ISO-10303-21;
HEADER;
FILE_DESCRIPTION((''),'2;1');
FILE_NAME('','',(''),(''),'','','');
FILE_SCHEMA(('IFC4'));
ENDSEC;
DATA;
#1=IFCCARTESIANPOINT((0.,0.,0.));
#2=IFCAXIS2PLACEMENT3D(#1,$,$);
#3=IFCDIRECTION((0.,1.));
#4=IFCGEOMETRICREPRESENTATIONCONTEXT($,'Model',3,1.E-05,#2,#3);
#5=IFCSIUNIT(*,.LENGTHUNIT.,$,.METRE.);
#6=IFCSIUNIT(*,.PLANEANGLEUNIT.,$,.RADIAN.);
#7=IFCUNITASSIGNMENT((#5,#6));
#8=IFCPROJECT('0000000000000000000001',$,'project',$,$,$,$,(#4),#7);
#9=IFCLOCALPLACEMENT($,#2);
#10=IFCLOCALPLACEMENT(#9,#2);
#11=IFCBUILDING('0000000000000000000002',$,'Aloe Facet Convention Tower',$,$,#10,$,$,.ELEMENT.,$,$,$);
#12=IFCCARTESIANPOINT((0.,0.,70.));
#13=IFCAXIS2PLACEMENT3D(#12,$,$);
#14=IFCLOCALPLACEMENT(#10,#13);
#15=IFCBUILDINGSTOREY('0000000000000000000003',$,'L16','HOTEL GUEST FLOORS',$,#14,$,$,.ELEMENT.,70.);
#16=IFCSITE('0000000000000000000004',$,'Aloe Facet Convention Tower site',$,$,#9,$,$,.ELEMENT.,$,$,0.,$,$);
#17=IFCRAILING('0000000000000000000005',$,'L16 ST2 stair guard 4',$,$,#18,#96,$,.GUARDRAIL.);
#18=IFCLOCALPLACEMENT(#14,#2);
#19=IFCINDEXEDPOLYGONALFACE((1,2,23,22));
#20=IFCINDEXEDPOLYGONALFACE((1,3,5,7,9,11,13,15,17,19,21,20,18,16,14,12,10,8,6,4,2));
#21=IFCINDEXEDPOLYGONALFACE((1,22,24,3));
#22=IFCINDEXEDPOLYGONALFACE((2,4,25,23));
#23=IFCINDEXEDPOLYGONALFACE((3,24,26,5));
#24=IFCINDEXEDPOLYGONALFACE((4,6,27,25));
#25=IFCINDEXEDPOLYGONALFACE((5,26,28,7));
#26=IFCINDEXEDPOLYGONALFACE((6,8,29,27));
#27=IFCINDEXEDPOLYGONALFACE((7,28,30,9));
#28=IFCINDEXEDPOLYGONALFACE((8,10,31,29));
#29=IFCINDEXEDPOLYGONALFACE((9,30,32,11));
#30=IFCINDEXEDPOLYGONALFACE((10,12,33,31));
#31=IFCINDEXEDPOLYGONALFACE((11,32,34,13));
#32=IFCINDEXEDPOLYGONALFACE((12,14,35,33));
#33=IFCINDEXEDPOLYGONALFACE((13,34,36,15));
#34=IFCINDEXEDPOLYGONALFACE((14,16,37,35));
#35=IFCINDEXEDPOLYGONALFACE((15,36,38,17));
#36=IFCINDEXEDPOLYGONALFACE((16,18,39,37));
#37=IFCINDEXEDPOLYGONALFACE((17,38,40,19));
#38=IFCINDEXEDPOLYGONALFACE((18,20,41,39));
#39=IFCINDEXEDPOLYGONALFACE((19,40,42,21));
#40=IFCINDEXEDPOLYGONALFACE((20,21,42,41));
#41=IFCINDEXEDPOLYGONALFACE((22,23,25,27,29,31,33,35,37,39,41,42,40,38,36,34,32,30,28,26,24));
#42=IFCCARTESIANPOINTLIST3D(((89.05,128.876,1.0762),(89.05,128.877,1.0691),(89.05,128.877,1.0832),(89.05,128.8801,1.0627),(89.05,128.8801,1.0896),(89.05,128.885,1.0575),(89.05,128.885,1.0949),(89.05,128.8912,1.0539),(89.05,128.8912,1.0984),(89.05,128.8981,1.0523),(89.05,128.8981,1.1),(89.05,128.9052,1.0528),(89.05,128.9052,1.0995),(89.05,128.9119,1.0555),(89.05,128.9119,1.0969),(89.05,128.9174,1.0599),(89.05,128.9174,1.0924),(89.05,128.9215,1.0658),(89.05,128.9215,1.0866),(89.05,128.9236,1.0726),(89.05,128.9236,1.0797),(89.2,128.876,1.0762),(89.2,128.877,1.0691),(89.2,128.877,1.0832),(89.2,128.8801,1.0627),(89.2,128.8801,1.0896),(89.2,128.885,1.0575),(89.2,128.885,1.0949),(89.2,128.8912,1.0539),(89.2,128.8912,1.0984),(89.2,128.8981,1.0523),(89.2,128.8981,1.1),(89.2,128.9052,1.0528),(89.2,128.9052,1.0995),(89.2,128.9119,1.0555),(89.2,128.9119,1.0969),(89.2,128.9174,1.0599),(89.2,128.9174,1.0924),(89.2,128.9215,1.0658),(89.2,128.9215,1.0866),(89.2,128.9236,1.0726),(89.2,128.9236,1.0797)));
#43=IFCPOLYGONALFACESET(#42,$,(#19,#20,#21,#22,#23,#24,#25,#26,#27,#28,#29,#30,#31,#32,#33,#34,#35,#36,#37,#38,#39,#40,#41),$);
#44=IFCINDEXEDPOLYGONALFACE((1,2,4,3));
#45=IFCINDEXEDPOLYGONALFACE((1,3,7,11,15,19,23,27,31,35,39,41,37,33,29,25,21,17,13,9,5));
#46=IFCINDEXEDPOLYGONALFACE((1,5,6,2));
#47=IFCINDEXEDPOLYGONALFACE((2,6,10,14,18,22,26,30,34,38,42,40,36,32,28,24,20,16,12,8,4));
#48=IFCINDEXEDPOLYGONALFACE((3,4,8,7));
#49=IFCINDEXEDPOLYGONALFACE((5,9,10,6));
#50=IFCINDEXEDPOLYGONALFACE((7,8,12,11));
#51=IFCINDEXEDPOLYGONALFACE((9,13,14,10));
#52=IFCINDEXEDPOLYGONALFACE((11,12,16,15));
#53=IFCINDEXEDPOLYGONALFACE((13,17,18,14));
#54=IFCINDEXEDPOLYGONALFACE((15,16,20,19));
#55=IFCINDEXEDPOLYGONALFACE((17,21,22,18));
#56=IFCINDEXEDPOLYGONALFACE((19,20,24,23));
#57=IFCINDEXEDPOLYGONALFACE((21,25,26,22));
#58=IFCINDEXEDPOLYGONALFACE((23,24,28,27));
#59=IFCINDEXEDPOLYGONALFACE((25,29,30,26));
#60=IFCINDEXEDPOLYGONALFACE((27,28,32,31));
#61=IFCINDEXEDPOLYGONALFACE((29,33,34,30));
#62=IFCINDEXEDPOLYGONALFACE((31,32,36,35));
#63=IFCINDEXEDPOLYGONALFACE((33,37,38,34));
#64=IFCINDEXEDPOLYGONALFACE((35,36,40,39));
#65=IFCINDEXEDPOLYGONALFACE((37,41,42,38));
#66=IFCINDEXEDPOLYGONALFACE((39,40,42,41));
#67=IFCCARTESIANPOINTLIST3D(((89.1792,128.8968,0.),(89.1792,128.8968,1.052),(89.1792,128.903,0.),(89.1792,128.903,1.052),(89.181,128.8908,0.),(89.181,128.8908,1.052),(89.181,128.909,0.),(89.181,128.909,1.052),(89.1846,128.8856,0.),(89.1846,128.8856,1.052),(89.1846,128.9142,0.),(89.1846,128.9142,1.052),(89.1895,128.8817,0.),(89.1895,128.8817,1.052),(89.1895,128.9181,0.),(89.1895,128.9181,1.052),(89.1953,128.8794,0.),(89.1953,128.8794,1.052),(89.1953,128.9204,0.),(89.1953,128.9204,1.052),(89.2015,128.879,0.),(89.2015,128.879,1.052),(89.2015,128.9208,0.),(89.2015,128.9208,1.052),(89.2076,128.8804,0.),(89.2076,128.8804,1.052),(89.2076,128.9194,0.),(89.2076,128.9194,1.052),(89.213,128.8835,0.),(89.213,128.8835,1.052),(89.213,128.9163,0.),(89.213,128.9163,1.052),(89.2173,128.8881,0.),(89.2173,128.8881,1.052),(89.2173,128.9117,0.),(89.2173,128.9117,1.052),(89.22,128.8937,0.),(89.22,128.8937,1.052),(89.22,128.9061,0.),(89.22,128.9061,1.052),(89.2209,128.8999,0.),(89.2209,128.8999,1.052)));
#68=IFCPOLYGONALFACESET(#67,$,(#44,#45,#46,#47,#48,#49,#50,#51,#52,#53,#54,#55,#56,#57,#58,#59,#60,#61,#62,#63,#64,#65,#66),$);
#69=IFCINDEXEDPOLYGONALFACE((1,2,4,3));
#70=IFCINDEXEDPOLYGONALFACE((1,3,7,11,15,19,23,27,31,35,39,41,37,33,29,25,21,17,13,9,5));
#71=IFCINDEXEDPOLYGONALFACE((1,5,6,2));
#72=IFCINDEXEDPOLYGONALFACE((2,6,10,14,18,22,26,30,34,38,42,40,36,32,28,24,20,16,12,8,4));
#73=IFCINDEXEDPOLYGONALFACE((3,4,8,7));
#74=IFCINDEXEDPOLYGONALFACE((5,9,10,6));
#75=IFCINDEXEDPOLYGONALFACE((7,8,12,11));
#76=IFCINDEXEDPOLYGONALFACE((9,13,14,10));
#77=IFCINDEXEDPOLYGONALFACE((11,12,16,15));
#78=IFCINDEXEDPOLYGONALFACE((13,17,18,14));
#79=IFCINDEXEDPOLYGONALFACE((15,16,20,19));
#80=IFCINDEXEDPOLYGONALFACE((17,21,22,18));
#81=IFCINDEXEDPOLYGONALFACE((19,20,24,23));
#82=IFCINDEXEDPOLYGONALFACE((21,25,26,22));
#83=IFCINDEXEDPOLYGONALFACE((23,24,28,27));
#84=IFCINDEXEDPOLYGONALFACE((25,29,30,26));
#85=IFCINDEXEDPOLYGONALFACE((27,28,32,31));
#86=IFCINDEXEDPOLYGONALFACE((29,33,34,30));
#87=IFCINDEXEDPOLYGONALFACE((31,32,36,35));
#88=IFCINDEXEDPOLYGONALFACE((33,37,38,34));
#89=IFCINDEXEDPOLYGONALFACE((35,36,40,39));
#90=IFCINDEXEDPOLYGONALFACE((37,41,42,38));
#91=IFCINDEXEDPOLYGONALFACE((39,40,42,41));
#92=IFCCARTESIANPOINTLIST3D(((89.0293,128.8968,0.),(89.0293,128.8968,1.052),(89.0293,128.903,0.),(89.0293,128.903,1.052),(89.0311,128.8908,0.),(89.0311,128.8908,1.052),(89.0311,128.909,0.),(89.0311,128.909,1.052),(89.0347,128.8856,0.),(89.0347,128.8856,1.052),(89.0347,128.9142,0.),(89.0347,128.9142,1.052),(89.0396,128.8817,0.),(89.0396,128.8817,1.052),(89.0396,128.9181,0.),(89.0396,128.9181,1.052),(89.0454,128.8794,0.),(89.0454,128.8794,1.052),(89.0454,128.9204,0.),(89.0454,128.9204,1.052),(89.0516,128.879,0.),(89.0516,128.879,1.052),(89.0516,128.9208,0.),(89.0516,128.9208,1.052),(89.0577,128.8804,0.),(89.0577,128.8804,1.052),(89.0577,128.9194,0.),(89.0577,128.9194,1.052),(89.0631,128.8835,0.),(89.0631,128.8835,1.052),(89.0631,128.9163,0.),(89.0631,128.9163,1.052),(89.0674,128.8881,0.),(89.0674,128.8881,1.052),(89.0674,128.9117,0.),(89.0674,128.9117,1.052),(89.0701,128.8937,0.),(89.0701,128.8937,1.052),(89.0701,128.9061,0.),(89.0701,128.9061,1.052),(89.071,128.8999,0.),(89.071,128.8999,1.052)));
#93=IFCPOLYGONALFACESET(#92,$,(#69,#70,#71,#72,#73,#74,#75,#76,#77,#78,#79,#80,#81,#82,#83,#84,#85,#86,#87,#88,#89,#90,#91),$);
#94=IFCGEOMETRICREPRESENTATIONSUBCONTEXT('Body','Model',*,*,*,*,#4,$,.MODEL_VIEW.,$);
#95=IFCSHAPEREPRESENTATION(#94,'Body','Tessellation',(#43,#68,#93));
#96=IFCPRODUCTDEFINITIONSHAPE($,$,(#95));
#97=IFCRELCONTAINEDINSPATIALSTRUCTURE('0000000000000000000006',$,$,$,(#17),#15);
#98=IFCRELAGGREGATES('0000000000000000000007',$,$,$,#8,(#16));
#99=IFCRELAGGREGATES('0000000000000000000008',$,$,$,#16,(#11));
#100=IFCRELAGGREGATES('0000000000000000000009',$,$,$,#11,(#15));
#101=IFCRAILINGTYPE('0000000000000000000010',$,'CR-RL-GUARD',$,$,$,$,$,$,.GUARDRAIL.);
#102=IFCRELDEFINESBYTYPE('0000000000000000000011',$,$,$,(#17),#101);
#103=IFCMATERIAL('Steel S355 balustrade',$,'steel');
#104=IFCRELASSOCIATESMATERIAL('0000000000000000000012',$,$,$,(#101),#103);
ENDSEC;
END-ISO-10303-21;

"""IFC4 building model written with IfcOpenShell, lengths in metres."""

from ifc_helpers import new_model, si_unit, direction, frame, origin, origin_2d, place, context, subcontext, project, spatial, circle, extrude, material, type_object, element, save


model = new_model("IFC4")

# Units and contexts
model_context = context("Model", 3, precision=1e-05, world=origin(), true_north=direction((0.0, 1.0)))
body_context = subcontext(model_context, "Body", "Model", "MODEL_VIEW")
ifc_project = project(units=[si_unit("LENGTHUNIT", "METRE"), si_unit("PLANEANGLEUNIT", "RADIAN")], contexts=[model_context])

# Site, building, storey
site_placement = place(None, origin())
site = spatial("IfcSite", under=ifc_project, at=site_placement, Name="Aloe Facet Convention Tower site", CompositionType="ELEMENT", RefElevation=0.0)
building_placement = place(site_placement, origin())
building = spatial("IfcBuilding", under=site, at=building_placement, Name="Aloe Facet Convention Tower", CompositionType="ELEMENT")
storey_placement = place(building_placement, frame((0.0, 0.0, 70.0)))
storey = spatial("IfcBuildingStorey", under=building, at=storey_placement, Name="L16", Description="HOTEL GUEST FLOORS", CompositionType="ELEMENT", Elevation=70.0)

# Railing
ifc_material_1 = material(Name="Steel S355 balustrade", Category="steel")
railing_type_1 = type_object("IfcRailingType", Name="CR-RL-GUARD", PredefinedType="GUARDRAIL", material=ifc_material_1)
railing_1_placement = place(storey_placement, frame((89.2, 128.8999, 0.0)))
element("IfcRailing", 1, at=railing_1_placement, inside=storey, type_object=railing_type_1, Name="L16 ST2 stair guard 4", PredefinedType="GUARDRAIL", context=body_context, shape_type="SweptSolid", body=[
    extrude(circle(Radius=0.0239, at=origin_2d()), frame((0.0, 0.0, 1.0762), z_axis=(-1.0, 0.0, 0.0), x_axis=(0.0, -1.0, 0.0)), (0.0, 0.0, 1.0), 0.1499),
    extrude(circle(Radius=0.021, at=origin_2d()), origin(), (0.0, 0.0, 1.0), 1.052),
    extrude(circle(Radius=0.021, at=origin_2d()), frame((-0.1499, 0.0, 0.0)), (0.0, 0.0, 1.0), 1.052),
])

save(model, "model.ifc")
